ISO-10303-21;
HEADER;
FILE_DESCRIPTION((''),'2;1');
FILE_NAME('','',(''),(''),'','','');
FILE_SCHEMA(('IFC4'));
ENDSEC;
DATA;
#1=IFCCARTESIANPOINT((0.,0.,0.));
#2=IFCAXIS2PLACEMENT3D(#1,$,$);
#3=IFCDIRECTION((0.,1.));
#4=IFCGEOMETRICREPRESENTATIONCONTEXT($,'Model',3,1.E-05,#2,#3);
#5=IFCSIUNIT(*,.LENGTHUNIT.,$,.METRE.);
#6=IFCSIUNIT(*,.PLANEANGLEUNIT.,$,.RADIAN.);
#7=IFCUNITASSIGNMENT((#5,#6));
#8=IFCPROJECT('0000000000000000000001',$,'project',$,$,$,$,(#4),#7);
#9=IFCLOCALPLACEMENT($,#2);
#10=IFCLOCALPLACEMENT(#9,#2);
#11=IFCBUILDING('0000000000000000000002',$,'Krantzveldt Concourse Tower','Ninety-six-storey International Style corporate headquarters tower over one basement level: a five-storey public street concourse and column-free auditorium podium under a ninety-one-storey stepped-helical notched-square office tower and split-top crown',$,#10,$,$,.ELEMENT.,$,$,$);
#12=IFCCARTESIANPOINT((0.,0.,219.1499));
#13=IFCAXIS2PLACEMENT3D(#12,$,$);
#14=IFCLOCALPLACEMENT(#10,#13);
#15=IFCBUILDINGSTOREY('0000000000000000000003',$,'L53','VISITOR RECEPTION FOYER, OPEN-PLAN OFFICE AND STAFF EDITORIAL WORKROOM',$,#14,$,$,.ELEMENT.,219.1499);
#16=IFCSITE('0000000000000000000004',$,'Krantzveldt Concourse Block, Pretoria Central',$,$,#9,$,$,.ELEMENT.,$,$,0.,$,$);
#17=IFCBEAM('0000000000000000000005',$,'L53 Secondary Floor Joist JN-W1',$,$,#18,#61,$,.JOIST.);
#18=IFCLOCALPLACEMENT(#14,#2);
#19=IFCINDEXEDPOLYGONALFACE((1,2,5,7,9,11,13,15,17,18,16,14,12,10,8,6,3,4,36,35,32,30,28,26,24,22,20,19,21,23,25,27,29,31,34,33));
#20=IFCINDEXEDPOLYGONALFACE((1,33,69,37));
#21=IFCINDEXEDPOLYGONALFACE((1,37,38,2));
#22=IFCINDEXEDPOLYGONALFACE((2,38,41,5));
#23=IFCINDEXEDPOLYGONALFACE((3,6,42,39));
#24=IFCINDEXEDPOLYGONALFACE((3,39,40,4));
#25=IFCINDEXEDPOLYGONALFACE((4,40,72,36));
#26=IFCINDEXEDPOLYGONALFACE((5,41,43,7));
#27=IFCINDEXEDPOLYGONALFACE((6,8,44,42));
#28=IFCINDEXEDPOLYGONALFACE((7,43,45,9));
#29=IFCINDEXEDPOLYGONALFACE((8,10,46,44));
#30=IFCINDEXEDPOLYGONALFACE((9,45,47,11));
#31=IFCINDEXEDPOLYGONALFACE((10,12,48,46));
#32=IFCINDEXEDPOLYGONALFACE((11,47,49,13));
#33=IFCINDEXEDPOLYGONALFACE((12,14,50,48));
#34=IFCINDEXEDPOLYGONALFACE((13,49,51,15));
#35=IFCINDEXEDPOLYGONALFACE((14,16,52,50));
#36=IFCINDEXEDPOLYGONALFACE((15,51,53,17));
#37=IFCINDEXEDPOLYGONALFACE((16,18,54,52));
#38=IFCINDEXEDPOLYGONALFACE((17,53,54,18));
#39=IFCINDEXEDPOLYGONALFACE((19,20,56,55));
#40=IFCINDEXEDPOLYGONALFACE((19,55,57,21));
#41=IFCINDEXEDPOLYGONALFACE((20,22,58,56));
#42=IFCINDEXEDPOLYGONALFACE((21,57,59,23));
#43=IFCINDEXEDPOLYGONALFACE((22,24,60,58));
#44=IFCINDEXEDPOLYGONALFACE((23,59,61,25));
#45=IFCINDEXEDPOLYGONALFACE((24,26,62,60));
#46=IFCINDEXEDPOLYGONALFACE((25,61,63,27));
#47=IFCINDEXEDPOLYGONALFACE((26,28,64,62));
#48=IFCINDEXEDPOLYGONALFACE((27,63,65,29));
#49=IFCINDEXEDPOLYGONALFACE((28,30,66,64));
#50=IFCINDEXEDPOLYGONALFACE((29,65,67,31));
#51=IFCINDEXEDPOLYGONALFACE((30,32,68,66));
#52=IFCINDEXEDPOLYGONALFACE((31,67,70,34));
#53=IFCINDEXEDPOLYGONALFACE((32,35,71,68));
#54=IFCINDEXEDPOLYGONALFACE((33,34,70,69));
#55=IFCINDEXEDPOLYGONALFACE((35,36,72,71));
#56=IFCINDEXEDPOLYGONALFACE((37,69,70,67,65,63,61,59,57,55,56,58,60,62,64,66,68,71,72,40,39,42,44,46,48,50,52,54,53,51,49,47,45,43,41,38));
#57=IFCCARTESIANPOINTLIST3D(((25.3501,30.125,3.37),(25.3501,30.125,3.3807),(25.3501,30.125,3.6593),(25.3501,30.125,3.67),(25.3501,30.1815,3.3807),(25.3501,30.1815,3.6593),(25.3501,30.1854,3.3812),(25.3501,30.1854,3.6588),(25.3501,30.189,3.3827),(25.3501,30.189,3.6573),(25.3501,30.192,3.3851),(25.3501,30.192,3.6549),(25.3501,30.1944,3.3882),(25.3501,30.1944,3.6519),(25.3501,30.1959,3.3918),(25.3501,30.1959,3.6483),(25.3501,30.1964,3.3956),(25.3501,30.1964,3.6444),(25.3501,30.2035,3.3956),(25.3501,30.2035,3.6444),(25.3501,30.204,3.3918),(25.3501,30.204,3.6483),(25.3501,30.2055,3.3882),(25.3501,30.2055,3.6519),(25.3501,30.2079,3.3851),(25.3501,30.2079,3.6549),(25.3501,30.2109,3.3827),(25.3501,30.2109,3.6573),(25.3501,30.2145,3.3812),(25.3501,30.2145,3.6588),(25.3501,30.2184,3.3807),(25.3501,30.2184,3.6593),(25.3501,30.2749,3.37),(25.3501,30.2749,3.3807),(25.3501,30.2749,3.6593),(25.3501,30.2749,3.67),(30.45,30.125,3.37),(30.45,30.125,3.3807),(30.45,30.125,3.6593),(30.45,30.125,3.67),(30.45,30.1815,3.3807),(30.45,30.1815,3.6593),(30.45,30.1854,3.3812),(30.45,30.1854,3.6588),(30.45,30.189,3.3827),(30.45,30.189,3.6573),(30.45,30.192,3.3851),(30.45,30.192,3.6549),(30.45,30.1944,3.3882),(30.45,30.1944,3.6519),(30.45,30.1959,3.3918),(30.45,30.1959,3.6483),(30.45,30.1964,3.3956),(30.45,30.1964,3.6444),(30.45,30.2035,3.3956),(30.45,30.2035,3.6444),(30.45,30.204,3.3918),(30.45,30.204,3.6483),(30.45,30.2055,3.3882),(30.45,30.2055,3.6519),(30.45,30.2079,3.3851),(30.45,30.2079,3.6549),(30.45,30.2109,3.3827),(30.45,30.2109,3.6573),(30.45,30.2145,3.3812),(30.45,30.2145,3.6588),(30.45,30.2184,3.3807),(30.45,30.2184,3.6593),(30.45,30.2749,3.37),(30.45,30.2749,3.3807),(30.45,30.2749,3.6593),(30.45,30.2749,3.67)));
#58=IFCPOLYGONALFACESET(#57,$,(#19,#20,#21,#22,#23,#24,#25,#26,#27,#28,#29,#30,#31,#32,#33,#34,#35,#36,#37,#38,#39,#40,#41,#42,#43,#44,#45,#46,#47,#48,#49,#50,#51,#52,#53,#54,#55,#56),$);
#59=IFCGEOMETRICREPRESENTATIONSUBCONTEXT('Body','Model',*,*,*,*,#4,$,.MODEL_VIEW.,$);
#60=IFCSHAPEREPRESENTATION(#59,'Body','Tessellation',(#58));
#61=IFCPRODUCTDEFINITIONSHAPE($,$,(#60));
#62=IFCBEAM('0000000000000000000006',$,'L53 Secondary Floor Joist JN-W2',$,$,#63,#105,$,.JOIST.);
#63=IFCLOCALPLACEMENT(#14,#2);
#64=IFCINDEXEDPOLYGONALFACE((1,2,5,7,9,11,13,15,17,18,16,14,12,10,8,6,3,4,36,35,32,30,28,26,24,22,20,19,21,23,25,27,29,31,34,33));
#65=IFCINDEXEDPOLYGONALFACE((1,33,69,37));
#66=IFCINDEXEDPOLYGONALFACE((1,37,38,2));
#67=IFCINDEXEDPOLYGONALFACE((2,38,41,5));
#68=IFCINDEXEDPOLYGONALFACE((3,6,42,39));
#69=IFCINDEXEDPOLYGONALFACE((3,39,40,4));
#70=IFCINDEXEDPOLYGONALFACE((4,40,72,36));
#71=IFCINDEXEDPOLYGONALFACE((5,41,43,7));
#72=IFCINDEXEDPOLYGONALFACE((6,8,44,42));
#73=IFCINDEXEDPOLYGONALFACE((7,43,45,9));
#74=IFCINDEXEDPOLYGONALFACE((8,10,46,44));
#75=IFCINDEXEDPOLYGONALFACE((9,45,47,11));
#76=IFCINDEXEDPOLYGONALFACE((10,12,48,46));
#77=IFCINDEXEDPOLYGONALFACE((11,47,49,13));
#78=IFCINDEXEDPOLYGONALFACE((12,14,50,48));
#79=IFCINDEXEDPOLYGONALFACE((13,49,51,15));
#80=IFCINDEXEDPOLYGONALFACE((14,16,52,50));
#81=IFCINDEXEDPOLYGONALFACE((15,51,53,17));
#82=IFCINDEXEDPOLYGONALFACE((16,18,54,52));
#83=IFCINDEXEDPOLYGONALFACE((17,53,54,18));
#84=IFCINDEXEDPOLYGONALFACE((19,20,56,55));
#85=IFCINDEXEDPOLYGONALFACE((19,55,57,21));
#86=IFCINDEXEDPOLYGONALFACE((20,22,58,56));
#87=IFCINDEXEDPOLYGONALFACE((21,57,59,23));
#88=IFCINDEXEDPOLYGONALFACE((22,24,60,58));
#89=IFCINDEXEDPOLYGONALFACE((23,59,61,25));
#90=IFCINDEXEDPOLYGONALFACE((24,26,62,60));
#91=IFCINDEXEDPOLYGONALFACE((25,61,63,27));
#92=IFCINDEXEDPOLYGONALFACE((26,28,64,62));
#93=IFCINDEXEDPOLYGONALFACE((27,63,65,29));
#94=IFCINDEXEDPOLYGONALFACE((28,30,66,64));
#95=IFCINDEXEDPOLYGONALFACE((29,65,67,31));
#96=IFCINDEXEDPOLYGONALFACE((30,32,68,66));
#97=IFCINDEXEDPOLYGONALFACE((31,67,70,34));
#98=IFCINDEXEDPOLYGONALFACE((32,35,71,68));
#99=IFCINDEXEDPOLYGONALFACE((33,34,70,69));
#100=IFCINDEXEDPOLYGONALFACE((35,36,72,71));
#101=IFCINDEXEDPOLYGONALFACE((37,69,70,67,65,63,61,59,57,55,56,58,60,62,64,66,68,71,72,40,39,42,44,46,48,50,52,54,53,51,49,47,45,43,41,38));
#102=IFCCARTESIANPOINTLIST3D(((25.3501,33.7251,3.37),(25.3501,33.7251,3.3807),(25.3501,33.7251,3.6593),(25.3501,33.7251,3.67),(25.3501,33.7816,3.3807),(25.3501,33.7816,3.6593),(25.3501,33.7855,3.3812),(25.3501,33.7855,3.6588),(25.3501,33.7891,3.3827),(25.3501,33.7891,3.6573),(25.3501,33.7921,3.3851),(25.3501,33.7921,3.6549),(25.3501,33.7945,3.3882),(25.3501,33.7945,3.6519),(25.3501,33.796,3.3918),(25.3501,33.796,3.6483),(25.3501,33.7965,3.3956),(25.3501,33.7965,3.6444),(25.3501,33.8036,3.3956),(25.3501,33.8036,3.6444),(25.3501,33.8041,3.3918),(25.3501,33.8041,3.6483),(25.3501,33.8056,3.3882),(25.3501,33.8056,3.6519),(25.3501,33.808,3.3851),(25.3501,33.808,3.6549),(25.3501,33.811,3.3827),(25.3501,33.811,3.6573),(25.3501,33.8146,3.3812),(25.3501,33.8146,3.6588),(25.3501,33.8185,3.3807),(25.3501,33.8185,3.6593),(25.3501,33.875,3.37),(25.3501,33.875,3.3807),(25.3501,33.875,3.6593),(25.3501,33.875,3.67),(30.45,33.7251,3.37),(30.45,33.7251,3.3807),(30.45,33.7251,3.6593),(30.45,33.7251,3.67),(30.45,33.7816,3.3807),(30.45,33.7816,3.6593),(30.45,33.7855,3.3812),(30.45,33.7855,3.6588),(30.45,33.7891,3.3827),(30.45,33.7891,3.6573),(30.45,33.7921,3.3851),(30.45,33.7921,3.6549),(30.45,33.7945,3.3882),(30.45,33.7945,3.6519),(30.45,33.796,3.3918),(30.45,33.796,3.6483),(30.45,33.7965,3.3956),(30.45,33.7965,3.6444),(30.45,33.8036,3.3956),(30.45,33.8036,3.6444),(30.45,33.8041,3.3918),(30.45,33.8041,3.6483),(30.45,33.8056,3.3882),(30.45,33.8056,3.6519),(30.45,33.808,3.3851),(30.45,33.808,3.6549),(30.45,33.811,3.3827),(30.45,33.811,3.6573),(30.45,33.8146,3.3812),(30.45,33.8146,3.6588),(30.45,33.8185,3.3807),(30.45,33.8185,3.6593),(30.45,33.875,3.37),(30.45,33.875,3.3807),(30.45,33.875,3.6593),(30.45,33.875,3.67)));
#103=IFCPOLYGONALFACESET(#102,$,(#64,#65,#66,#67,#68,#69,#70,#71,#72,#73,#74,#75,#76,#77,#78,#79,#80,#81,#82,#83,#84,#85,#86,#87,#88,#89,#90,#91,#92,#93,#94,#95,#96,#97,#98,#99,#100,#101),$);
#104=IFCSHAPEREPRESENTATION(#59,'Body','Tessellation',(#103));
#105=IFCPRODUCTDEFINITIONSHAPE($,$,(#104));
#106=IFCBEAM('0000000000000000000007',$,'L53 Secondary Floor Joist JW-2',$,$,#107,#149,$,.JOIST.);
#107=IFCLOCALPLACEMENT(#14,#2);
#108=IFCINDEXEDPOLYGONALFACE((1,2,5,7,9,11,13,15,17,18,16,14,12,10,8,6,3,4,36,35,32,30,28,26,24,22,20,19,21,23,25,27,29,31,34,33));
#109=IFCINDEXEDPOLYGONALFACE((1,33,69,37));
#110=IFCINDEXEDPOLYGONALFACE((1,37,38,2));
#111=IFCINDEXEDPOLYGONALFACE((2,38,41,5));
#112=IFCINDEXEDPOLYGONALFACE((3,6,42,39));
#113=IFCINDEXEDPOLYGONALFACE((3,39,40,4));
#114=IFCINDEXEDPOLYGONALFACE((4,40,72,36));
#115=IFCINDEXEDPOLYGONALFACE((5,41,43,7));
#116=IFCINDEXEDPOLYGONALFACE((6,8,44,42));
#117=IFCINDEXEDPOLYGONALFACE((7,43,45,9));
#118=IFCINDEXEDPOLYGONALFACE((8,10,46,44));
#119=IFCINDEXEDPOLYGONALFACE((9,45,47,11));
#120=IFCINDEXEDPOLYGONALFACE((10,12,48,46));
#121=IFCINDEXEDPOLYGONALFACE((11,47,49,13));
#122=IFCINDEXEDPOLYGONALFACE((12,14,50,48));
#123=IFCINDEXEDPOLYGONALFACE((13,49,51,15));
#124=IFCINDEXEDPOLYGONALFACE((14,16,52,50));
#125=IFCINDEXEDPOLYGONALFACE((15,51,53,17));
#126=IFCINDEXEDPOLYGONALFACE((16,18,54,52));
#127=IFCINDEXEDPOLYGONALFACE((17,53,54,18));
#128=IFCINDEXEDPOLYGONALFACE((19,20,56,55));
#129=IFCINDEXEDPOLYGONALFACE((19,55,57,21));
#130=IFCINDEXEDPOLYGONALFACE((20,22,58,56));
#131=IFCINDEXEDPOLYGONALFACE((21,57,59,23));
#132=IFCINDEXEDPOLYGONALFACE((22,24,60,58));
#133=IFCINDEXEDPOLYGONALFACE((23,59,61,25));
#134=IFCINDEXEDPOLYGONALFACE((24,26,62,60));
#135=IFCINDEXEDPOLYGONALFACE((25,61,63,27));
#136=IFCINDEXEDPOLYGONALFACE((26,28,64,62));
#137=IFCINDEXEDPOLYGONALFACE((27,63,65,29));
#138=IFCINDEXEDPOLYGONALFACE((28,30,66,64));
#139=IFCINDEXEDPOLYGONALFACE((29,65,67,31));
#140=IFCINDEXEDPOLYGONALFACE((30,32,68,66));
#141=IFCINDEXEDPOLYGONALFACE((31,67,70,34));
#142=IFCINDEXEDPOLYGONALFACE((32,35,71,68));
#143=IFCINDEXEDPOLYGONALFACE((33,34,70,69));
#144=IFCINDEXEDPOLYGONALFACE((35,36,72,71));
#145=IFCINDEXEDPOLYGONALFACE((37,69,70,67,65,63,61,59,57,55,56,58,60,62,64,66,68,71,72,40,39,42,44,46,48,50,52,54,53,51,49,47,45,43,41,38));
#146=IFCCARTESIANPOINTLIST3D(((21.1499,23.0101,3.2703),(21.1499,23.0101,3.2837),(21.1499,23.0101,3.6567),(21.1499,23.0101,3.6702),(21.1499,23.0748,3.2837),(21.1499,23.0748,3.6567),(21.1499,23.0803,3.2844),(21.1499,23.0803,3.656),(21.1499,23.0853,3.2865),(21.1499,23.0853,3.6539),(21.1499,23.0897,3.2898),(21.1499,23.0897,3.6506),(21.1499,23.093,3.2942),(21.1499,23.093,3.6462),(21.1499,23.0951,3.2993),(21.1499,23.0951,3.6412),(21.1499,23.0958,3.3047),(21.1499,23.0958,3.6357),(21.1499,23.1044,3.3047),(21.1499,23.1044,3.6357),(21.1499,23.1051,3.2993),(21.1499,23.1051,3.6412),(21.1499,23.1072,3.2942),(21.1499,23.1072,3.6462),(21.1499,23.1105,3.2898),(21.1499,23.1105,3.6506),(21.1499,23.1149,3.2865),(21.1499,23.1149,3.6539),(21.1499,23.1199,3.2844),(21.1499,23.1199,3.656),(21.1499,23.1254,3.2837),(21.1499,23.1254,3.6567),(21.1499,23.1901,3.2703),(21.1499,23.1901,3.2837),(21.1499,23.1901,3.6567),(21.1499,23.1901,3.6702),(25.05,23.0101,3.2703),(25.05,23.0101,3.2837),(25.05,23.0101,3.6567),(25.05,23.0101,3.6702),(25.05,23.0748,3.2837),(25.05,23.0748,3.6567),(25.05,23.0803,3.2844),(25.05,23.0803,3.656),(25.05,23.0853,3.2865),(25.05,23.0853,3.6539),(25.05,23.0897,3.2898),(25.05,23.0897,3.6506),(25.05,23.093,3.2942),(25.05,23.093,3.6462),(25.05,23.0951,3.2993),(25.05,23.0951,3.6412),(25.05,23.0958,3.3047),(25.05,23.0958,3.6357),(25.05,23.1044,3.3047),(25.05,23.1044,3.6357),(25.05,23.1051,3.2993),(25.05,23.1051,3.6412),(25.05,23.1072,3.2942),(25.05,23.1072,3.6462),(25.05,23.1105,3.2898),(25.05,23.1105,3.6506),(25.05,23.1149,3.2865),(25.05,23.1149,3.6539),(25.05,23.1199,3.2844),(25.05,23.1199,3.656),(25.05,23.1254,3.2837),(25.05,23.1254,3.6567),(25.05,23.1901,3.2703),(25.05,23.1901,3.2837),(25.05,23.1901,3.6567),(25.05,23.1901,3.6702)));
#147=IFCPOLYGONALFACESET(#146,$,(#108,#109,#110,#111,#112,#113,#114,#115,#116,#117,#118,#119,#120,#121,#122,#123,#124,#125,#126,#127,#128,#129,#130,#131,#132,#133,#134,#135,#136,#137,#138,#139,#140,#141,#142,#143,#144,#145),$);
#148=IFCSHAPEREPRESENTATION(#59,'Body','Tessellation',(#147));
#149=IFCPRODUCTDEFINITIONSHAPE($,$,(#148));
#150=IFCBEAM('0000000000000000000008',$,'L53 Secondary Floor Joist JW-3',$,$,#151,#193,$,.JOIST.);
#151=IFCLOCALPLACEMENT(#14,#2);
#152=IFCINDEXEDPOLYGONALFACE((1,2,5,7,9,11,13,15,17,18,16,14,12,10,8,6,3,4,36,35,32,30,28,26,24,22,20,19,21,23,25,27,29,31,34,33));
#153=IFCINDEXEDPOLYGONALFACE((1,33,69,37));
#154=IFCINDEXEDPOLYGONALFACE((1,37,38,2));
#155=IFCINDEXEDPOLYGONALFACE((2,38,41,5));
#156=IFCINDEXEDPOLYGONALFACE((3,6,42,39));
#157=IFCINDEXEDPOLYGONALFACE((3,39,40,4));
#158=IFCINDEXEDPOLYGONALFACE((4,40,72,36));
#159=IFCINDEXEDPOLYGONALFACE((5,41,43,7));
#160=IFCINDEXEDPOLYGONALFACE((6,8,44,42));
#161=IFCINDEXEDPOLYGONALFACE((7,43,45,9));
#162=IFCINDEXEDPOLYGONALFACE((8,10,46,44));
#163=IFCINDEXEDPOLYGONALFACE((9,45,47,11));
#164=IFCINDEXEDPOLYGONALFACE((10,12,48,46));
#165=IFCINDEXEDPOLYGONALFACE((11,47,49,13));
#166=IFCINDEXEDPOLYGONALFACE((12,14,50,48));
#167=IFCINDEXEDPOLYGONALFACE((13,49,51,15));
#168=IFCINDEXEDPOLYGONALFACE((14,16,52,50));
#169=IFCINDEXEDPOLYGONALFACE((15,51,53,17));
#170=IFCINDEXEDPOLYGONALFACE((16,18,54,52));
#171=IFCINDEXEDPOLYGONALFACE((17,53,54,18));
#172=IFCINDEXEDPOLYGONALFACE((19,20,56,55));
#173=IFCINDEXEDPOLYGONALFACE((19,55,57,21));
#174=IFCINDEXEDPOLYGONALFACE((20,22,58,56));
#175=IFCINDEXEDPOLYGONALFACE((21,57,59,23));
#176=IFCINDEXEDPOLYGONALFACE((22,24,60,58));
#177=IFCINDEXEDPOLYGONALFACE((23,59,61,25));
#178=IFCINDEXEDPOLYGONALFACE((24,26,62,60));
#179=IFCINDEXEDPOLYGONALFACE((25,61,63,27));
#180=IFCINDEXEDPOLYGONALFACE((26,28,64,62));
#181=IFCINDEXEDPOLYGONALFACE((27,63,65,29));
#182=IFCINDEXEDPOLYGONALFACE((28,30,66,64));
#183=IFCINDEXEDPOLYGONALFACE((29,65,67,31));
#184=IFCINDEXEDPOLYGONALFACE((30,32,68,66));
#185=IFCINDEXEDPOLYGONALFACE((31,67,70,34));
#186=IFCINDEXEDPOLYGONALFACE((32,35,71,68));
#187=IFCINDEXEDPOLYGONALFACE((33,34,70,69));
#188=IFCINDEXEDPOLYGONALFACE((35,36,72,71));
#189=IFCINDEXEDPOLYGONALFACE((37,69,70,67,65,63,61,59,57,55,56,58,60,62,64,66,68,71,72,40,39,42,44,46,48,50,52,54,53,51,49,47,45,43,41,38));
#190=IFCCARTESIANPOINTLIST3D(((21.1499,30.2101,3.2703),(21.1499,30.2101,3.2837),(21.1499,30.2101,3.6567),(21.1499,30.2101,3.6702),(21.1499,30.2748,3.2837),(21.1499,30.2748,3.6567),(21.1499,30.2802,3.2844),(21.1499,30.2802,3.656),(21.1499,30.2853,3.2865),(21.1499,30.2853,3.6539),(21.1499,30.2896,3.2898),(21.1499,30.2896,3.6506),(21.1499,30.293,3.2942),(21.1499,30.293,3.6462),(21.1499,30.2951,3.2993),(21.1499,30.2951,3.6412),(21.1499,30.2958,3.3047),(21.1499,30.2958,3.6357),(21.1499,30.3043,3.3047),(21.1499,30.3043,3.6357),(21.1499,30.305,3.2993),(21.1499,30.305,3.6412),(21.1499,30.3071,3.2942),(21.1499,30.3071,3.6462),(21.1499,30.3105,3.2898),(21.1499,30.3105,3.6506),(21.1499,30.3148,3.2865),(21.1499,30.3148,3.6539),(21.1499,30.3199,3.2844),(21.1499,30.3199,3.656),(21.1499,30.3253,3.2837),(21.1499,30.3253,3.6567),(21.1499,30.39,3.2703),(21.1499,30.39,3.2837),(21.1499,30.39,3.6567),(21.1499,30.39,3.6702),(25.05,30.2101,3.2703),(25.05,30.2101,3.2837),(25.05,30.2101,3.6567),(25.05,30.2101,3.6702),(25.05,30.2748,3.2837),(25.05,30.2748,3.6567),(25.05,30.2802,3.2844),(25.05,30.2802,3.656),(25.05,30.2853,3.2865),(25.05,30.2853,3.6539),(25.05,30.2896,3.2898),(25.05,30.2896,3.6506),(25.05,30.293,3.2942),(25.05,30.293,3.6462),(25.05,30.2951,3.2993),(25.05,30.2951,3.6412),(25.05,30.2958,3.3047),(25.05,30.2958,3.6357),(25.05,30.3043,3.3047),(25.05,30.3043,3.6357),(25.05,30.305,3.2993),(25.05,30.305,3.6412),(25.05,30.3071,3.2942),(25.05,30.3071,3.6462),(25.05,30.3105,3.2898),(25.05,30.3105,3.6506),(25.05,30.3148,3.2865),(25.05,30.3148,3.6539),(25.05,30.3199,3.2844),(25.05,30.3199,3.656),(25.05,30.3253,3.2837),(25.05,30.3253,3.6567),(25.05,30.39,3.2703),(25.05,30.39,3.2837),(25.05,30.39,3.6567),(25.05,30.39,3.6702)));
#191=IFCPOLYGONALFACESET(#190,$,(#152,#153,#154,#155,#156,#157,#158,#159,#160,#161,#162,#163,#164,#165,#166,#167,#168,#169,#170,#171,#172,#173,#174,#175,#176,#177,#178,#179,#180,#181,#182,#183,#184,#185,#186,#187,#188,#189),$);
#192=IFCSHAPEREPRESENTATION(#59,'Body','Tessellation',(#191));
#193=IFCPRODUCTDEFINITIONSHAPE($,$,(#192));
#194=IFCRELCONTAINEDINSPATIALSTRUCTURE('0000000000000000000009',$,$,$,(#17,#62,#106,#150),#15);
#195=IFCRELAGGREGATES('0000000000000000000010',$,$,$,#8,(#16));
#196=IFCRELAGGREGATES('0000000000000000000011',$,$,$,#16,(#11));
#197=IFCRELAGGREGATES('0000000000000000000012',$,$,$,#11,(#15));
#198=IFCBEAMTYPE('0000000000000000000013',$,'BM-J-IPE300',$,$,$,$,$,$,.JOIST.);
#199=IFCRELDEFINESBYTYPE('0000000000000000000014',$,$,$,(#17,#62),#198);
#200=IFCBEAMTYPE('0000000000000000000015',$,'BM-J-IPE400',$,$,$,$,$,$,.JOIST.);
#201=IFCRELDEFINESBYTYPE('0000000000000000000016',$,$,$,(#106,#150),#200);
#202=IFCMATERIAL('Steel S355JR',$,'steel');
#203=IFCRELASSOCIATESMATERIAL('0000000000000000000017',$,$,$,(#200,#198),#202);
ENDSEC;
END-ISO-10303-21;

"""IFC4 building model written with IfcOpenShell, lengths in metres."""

from ifc_helpers import new_model, si_unit, direction, frame, origin, origin_2d, place, context, subcontext, project, spatial, i_section, extrude, source, transform, mapped, material, material_profile, profile_set, type_object, type_shapes, element, save


model = new_model("IFC4")

# Units and contexts
model_context = context("Model", 3, precision=1e-05, world=origin(), true_north=direction((0.0, 1.0)))
body_context = subcontext(model_context, "Body", "Model", "MODEL_VIEW")
ifc_project = project(units=[si_unit("LENGTHUNIT", "METRE"), si_unit("PLANEANGLEUNIT", "RADIAN")], contexts=[model_context])

# Site, building, storey
site_placement = place(None, origin())
site = spatial("IfcSite", under=ifc_project, at=site_placement, Name="Krantzveldt Concourse Block, Pretoria Central", CompositionType="ELEMENT", RefElevation=0.0)
building_placement = place(site_placement, origin())
building = spatial("IfcBuilding", under=site, at=building_placement, Name="Krantzveldt Concourse Tower", Description="Ninety-six-storey International Style corporate headquarters tower over one basement level: a five-storey public street concourse and column-free auditorium podium under a ninety-one-storey stepped-helical notched-square office tower and split-top crown", CompositionType="ELEMENT")
storey_placement = place(building_placement, frame((0.0, 0.0, 219.1499)))
storey = spatial("IfcBuildingStorey", under=building, at=storey_placement, Name="L53", Description="VISITOR RECEPTION FOYER, OPEN-PLAN OFFICE AND STAFF EDITORIAL WORKROOM", CompositionType="ELEMENT", Elevation=219.1499)

# Beams
ifc_material_1 = material(Name="Steel S355JR", Category="steel")
ifc_material_profile_1 = material_profile(ifc_material_1, i_section(OverallWidth=0.1799, OverallDepth=0.3999, WebThickness=0.0085, FlangeThickness=0.0134, FilletRadius=0.021, at=origin_2d()), Name="Steel S355JR", Category="steel")
ifc_profile_set_1 = profile_set([ifc_material_profile_1], Name="Steel S355JR - IPE 400")
beam_type_1 = type_object("IfcBeamType", Name="BM-J-IPE400", PredefinedType="JOIST", material=ifc_profile_set_1)
ifc_material_profile_2 = material_profile(ifc_material_1, i_section(OverallWidth=0.1499, OverallDepth=0.3, WebThickness=0.0071, FlangeThickness=0.0107, FilletRadius=0.0149, at=origin_2d()), Name="Steel S355JR", Category="steel")
ifc_profile_set_2 = profile_set([ifc_material_profile_2], Name="Steel S355JR - IPE 300")
beam_type_2 = type_object("IfcBeamType", Name="BM-J-IPE300", PredefinedType="JOIST", material=ifc_profile_set_2)
shared_shape_1 = source(origin(), body_context, "Body", "SweptSolid", [
    extrude(i_section(OverallWidth=0.1499, OverallDepth=0.3, WebThickness=0.0071, FlangeThickness=0.0107, FilletRadius=0.0149, at=origin_2d()), origin(), (0.0, 0.0, 1.0), 5.0999),
])
type_shapes(beam_type_2, [shared_shape_1])
for number, where, z_axis, x_axis, name in (
    (1, (25.3501, 30.2, 3.52), (1.0, 0.0, 0.0), (0.0, 1.0, 0.0), "L53 Secondary Floor Joist JN-W1"),
    (2, (25.3501, 33.8, 3.52), (1.0, 0.0, 0.0), (0.0, 1.0, 0.0), "L53 Secondary Floor Joist JN-W2"),
):
    element("IfcBeam", number, at=place(storey_placement, frame(where, z_axis=z_axis, x_axis=x_axis)), inside=storey, type_object=beam_type_2, Name=name, PredefinedType="JOIST", context=body_context, shape_type="MappedRepresentation", body=[
        mapped(shared_shape_1, transform((0.0, 0.0, 0.0), x_axis=(1.0, 0.0, 0.0), y_axis=(0.0, 1.0, 0.0), z_axis=(0.0, 0.0, 1.0), scale=1.0)),
    ])
shared_shape_2 = source(origin(), body_context, "Body", "SweptSolid", [
    extrude(i_section(OverallWidth=0.1799, OverallDepth=0.3999, WebThickness=0.0085, FlangeThickness=0.0134, FilletRadius=0.021, at=origin_2d()), origin(), (0.0, 0.0, 1.0), 3.9001),
])
for number, where, z_axis, x_axis, name in (
    (3, (21.1499, 23.1001, 3.4702), (1.0, 0.0, 0.0), (0.0, 1.0, 0.0), "L53 Secondary Floor Joist JW-2"),
    (4, (21.1499, 30.3, 3.4702), (1.0, 0.0, 0.0), (0.0, 1.0, 0.0), "L53 Secondary Floor Joist JW-3"),
):
    element("IfcBeam", number, at=place(storey_placement, frame(where, z_axis=z_axis, x_axis=x_axis)), inside=storey, type_object=beam_type_1, Name=name, PredefinedType="JOIST", context=body_context, shape_type="MappedRepresentation", body=[
        mapped(shared_shape_2, transform((0.0, 0.0, 0.0), x_axis=(1.0, 0.0, 0.0), y_axis=(0.0, 1.0, 0.0), z_axis=(0.0, 0.0, 1.0), scale=1.0)),
    ])

save(model, "model.ifc")
